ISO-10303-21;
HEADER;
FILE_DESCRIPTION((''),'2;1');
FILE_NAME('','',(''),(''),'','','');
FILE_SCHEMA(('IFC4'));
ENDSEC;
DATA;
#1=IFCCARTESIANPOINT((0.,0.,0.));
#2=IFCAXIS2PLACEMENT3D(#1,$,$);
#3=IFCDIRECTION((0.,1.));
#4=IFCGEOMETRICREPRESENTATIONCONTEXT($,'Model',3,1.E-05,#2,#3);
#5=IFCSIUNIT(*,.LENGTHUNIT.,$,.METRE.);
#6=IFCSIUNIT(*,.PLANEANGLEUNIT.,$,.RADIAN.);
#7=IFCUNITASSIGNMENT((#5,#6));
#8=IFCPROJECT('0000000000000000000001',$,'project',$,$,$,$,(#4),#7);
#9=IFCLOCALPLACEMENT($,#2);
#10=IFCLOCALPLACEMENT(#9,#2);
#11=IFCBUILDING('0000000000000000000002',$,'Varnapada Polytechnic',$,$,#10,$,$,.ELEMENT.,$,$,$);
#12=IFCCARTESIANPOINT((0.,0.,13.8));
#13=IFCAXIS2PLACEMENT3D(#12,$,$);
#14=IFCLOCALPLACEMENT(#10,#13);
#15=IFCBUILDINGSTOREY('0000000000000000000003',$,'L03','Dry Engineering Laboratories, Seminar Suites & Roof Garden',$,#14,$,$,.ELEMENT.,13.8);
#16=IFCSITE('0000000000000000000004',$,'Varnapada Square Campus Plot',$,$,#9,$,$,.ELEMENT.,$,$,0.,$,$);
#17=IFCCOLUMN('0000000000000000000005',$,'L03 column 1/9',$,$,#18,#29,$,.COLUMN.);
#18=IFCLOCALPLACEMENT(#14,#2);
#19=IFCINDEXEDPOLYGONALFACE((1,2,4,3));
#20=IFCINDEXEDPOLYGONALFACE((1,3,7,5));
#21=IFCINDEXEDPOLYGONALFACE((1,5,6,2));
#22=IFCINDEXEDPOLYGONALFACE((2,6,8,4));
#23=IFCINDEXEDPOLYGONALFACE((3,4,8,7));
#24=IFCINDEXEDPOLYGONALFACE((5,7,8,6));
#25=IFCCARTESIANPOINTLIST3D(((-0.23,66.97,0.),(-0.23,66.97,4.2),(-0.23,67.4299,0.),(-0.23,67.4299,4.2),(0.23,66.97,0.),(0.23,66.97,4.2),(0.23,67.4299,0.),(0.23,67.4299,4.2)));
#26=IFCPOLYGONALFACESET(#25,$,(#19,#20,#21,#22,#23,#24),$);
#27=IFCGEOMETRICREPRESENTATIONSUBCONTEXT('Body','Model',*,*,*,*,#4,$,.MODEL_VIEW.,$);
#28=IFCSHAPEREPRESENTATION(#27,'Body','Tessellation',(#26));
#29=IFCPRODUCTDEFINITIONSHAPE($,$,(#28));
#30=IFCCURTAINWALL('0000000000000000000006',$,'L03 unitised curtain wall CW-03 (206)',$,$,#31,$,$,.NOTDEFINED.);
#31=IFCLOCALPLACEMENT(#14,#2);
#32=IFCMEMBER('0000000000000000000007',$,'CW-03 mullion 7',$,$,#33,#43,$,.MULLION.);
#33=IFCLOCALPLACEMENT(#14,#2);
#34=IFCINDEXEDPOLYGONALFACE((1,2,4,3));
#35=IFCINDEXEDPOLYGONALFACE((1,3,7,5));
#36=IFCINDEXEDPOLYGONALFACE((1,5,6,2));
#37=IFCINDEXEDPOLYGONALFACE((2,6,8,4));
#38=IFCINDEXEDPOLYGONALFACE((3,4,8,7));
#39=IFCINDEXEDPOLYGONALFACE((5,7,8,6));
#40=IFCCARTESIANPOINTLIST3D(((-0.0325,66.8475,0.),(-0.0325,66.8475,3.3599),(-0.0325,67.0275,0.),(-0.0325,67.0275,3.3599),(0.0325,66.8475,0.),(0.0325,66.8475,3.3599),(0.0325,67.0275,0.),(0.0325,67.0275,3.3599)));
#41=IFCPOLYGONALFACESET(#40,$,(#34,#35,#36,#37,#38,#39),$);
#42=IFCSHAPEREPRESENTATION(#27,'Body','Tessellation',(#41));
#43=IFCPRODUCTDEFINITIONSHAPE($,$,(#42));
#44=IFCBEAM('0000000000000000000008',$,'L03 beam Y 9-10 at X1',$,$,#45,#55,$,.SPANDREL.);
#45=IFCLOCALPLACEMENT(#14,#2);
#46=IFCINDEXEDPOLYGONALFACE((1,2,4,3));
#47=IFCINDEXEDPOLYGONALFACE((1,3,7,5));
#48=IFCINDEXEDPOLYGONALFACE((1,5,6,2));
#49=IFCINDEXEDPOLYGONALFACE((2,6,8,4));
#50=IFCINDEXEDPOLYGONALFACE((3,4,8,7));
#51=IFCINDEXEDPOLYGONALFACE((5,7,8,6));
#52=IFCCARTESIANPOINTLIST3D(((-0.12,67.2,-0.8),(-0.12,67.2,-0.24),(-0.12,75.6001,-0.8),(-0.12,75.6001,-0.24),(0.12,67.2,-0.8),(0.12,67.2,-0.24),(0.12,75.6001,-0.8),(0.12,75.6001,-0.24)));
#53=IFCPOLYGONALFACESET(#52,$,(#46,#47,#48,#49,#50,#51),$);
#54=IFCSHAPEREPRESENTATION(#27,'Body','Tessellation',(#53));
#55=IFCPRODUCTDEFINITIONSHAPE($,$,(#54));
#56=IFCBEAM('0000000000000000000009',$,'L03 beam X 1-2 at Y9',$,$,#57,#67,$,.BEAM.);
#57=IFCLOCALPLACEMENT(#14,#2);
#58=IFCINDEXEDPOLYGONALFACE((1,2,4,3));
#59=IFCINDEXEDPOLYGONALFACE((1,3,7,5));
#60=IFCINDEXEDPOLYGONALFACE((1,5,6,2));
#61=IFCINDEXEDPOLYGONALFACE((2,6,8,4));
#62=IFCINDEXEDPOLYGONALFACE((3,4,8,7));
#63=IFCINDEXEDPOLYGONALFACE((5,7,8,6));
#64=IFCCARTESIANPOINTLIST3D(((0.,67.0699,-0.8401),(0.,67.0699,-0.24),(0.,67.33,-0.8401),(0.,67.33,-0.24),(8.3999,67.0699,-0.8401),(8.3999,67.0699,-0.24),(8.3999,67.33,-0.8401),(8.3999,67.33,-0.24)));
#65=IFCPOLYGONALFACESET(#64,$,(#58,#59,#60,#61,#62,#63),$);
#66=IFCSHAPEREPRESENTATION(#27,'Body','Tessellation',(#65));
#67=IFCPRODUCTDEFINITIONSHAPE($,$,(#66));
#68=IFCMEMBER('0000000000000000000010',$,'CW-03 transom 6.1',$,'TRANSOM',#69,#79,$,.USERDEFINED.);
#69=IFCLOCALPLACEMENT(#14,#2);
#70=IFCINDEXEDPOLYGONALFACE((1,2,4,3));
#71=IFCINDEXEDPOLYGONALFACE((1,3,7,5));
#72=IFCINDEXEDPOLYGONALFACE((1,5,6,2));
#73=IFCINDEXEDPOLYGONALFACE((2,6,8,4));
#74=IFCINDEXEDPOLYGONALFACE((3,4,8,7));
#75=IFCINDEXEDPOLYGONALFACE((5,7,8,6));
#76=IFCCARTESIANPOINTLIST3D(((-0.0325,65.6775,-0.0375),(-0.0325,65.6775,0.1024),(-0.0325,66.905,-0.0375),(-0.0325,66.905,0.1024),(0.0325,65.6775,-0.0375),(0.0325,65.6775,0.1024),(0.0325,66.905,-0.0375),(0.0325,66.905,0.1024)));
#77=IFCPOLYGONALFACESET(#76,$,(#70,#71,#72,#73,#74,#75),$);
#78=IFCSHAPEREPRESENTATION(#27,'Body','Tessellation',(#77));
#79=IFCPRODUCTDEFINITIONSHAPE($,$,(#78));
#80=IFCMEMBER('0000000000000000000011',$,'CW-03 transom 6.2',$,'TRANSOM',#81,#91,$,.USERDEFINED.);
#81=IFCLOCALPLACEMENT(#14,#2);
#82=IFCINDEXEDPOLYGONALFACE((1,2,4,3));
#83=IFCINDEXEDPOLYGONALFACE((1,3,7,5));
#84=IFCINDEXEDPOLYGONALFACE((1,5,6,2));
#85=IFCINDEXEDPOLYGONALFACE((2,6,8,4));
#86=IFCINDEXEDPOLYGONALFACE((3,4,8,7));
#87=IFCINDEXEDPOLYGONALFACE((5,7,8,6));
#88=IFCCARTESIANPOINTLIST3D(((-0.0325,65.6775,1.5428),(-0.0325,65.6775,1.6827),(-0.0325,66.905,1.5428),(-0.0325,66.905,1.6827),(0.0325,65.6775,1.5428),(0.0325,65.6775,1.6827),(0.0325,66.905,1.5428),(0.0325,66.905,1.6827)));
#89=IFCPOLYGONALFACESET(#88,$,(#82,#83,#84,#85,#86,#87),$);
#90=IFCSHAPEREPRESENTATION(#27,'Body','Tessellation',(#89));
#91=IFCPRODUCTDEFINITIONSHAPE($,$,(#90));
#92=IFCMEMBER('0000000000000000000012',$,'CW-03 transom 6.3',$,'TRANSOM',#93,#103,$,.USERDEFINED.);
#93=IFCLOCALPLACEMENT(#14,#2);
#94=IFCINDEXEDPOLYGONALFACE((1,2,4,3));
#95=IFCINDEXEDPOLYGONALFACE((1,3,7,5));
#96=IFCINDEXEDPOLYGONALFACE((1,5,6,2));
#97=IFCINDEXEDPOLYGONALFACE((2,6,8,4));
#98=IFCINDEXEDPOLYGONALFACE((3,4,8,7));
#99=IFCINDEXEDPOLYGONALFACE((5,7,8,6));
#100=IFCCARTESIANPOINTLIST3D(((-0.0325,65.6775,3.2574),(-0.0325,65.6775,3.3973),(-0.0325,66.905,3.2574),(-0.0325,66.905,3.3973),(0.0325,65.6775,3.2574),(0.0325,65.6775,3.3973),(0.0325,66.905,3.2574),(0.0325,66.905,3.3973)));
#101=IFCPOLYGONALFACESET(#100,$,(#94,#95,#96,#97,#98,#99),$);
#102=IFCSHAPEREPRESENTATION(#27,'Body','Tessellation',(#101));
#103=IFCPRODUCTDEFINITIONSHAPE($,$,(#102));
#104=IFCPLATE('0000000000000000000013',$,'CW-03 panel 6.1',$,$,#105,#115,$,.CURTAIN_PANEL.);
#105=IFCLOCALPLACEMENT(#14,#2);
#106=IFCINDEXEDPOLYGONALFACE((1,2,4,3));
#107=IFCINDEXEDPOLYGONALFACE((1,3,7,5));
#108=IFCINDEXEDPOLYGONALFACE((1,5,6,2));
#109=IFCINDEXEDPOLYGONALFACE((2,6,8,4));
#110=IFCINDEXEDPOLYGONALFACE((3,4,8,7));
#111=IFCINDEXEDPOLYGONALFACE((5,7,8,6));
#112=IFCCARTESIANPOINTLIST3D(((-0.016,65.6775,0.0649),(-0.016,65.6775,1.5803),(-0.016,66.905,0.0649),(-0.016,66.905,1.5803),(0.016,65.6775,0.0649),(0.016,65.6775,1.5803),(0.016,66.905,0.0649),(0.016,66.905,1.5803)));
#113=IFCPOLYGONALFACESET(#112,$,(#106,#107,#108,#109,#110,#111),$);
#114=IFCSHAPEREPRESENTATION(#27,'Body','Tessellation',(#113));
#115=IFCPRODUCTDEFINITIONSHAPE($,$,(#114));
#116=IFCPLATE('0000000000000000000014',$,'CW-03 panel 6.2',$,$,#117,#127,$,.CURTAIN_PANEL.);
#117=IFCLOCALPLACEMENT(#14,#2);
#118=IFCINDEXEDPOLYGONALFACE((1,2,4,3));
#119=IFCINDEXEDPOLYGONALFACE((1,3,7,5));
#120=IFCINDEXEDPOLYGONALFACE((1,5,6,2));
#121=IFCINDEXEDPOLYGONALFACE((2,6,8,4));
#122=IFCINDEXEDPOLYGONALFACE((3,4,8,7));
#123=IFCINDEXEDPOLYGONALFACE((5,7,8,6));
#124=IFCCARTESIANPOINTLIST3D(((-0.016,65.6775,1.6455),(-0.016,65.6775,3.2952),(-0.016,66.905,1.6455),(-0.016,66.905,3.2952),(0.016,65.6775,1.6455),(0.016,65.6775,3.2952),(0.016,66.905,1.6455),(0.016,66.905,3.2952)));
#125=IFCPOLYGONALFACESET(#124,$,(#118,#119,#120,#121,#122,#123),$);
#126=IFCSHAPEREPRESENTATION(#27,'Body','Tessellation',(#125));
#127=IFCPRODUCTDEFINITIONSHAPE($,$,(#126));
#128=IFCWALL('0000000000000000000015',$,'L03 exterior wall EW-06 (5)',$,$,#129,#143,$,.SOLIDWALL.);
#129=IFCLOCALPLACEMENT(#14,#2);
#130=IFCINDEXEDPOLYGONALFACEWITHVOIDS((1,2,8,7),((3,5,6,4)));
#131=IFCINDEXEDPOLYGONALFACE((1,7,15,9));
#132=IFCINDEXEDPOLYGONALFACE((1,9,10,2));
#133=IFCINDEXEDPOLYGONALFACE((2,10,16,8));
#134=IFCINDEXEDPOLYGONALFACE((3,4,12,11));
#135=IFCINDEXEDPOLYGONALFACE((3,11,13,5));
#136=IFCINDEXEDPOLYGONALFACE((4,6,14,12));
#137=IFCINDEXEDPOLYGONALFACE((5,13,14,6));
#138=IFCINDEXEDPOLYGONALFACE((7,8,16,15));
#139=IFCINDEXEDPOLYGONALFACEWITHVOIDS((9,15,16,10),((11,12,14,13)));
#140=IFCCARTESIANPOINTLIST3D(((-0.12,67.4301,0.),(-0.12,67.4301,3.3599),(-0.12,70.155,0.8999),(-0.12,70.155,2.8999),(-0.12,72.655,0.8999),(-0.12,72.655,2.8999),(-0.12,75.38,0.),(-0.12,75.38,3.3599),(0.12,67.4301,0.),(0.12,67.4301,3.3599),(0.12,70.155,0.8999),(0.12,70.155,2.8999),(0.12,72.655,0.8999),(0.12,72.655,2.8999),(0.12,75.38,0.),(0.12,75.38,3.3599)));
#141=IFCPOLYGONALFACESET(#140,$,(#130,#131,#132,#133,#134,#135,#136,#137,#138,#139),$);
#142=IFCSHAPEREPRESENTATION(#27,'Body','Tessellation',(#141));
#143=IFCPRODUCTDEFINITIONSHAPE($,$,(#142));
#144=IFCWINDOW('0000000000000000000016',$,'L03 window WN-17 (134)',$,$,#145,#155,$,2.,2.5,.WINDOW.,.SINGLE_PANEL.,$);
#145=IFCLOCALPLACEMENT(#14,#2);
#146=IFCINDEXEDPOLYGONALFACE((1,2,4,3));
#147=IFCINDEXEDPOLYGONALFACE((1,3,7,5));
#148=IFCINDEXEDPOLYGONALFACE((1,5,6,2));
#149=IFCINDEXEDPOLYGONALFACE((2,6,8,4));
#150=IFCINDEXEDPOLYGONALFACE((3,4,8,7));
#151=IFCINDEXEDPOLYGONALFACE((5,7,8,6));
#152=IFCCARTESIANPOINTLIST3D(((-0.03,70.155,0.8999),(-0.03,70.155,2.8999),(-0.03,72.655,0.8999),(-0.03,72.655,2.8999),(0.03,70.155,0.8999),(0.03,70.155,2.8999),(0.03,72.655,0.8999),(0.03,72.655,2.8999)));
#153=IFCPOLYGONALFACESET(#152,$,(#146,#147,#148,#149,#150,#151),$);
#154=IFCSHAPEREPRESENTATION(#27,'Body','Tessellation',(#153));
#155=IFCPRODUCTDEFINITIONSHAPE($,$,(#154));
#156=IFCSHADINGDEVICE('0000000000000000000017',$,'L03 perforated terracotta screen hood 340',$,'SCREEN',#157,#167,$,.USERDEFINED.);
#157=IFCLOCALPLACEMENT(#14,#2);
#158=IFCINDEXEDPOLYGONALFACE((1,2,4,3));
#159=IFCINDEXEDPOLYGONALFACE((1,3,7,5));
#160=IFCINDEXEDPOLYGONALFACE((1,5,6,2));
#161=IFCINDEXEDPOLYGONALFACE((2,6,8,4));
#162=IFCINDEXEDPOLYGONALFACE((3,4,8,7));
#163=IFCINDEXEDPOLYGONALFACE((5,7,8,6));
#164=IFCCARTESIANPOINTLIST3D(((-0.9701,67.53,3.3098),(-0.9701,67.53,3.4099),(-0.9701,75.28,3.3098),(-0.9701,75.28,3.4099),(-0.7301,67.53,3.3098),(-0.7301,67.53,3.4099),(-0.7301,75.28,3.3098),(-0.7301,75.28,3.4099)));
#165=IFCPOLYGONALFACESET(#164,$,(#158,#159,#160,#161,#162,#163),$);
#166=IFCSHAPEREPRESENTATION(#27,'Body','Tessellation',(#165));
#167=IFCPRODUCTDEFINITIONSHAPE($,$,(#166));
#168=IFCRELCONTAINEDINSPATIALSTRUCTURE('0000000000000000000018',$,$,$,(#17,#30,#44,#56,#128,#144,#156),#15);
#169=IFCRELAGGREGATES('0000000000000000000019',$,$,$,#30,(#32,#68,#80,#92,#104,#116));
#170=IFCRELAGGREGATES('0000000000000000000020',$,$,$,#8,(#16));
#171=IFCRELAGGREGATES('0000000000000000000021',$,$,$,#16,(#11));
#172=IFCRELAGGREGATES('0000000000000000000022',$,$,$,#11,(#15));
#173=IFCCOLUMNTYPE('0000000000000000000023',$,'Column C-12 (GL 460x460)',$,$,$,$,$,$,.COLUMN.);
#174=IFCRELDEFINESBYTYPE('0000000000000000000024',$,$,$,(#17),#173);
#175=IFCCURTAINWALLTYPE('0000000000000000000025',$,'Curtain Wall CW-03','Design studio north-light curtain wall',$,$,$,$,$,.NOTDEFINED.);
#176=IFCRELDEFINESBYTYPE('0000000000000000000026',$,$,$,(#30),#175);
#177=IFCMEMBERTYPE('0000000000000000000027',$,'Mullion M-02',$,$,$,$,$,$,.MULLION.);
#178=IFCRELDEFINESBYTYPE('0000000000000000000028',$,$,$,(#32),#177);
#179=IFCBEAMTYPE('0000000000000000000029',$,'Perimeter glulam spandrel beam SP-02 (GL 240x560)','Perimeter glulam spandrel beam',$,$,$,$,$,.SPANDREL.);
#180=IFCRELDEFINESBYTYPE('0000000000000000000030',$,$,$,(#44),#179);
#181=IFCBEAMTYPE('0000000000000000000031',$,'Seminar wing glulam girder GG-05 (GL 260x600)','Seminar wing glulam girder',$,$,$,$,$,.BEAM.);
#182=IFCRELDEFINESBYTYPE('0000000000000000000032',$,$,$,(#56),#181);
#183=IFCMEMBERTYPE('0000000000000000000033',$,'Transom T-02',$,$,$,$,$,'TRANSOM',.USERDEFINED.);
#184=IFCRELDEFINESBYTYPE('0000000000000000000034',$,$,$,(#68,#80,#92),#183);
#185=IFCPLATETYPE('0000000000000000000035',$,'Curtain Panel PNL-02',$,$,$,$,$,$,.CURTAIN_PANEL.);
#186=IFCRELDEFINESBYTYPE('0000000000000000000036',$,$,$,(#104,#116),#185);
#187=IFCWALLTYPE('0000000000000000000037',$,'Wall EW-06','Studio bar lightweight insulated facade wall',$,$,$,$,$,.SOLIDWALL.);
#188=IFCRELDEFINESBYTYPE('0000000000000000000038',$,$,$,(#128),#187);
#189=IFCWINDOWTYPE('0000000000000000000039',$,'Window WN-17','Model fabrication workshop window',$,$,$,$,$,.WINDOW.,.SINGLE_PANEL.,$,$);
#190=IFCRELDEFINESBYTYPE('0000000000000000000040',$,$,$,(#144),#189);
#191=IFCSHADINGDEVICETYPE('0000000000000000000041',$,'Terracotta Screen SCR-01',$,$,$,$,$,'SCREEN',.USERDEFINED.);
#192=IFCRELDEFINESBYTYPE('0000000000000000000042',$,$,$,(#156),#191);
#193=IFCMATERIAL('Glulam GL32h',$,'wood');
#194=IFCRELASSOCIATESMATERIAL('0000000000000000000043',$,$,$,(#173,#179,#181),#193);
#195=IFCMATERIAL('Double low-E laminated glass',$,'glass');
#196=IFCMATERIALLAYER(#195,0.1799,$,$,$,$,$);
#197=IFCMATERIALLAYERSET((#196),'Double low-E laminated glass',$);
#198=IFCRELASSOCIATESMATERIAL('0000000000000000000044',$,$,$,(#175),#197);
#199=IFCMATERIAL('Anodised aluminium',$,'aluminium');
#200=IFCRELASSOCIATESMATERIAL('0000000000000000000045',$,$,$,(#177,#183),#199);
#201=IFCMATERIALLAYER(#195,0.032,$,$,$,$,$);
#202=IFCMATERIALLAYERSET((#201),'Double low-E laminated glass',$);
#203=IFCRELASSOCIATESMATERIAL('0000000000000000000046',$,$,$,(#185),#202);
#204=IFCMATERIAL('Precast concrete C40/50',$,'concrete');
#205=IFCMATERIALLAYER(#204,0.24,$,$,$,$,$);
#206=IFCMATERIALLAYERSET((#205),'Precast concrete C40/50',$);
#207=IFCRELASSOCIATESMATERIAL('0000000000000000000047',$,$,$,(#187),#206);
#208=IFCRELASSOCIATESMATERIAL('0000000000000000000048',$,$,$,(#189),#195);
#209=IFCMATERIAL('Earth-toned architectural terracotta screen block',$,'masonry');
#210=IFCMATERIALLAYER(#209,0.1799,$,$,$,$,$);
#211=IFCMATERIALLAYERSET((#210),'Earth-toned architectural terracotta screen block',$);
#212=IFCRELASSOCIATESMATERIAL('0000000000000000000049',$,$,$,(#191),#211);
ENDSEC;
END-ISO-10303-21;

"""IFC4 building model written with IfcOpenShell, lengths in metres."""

from ifc_helpers import new_model, si_unit, direction, frame, frame_2d, origin, origin_2d, place, context, subcontext, project, spatial, rectangle, extrude, material, layer, layer_set, material_profile, profile_set, type_object, element, fill, aggregate, save


model = new_model("IFC4")

# Units and contexts
model_context = context("Model", 3, precision=1e-05, world=origin(), true_north=direction((0.0, 1.0)))
body_context = subcontext(model_context, "Body", "Model", "MODEL_VIEW")
ifc_project = project(units=[si_unit("LENGTHUNIT", "METRE"), si_unit("PLANEANGLEUNIT", "RADIAN")], contexts=[model_context])

# Site, building, storey
site_placement = place(None, origin())
site = spatial("IfcSite", under=ifc_project, at=site_placement, Name="Varnapada Square Campus Plot", CompositionType="ELEMENT", RefElevation=0.0)
building_placement = place(site_placement, origin())
building = spatial("IfcBuilding", under=site, at=building_placement, Name="Varnapada Polytechnic", CompositionType="ELEMENT")
storey_placement = place(building_placement, frame((0.0, 0.0, 13.8)))
storey = spatial("IfcBuildingStorey", under=building, at=storey_placement, Name="L03", Description="Dry Engineering Laboratories, Seminar Suites & Roof Garden", CompositionType="ELEMENT", Elevation=13.8)

# Column
ifc_material_1 = material(Name="Glulam GL32h", Category="wood")
ifc_material_profile_1 = material_profile(ifc_material_1, rectangle(XDim=0.46, YDim=0.46, at=origin_2d()), Name="GL 460x460")
ifc_profile_set_1 = profile_set([ifc_material_profile_1], Name="Glulam GL32h")
column_type = type_object("IfcColumnType", Name="Column C-12 (GL 460x460)", PredefinedType="COLUMN", material=ifc_profile_set_1)
column_placement = place(storey_placement, frame((0.0, 67.2, 0.0), z_axis=(0.0, 0.0, 1.0), x_axis=(1.0, 0.0, 0.0)))
element("IfcColumn", 1, at=column_placement, inside=storey, type_object=column_type, Name="L03 column 1/9", PredefinedType="COLUMN", context=body_context, shape_type="SweptSolid", body=[
    extrude(rectangle(XDim=0.46, YDim=0.46, at=origin_2d()), origin(), (0.0, 0.0, 1.0), 4.2),
])

# Curtain wall, member
ifc_material_2 = material(Name="Double low-E laminated glass", Category="glass")
ifc_layer_1 = layer(ifc_material_2, 0.1799)
ifc_layer_set_1 = layer_set([ifc_layer_1], Name="Double low-E laminated glass")
curtain_wall_type = type_object("IfcCurtainWallType", Name="Curtain Wall CW-03", Description="Design studio north-light curtain wall", PredefinedType="NOTDEFINED", material=ifc_layer_set_1)
curtain_wall_placement = place(storey_placement, origin())
curtain_wall = element("IfcCurtainWall", 2, at=curtain_wall_placement, inside=storey, type_object=curtain_wall_type, Name="L03 unitised curtain wall CW-03 (206)", PredefinedType="NOTDEFINED")
ifc_material_3 = material(Name="Anodised aluminium", Category="aluminium")
ifc_material_profile_2 = material_profile(ifc_material_3, rectangle(XDim=0.0649, YDim=0.1799, at=origin_2d()), Name="ALU M65x180")
ifc_profile_set_2 = profile_set([ifc_material_profile_2], Name="Anodised aluminium")
member_type_1 = type_object("IfcMemberType", Name="Mullion M-02", PredefinedType="MULLION", material=ifc_profile_set_2)
member_1_placement = place(storey_placement, frame((0.0, 66.9375, 0.0), z_axis=(0.0, 0.0, 1.0), x_axis=(-1.0, 0.0, 0.0)))
member_1 = element("IfcMember", 3, at=member_1_placement, type_object=member_type_1, Name="CW-03 mullion 7", PredefinedType="MULLION", context=body_context, shape_type="SweptSolid", body=[
    extrude(rectangle(XDim=0.0649, YDim=0.1799, at=origin_2d()), origin(), (0.0, 0.0, 1.0), 3.3599),
])

# Beams
ifc_material_profile_3 = material_profile(ifc_material_1, rectangle(XDim=0.24, YDim=0.5601, at=origin_2d()), Name="GL 240x560")
ifc_profile_set_3 = profile_set([ifc_material_profile_3], Name="Glulam GL32h")
beam_type_1 = type_object("IfcBeamType", Name="Perimeter glulam spandrel beam SP-02 (GL 240x560)", Description="Perimeter glulam spandrel beam", PredefinedType="SPANDREL", material=ifc_profile_set_3)
beam_1_placement = place(storey_placement, frame((0.0, 67.2, -0.52), z_axis=(0.0, 1.0, 0.0), x_axis=(-1.0, 0.0, 0.0)))
element("IfcBeam", 4, at=beam_1_placement, inside=storey, type_object=beam_type_1, Name="L03 beam Y 9-10 at X1", PredefinedType="SPANDREL", context=body_context, shape_type="SweptSolid", body=[
    extrude(rectangle(XDim=0.24, YDim=0.5601, at=origin_2d()), origin(), (0.0, 0.0, 1.0), 8.4001),
])
ifc_material_profile_4 = material_profile(ifc_material_1, rectangle(XDim=0.26, YDim=0.6001, at=origin_2d()), Name="GL 260x600")
ifc_profile_set_4 = profile_set([ifc_material_profile_4], Name="Glulam GL32h")
beam_type_2 = type_object("IfcBeamType", Name="Seminar wing glulam girder GG-05 (GL 260x600)", Description="Seminar wing glulam girder", PredefinedType="BEAM", material=ifc_profile_set_4)
beam_2_placement = place(storey_placement, frame((0.0, 67.2, -0.54), z_axis=(1.0, 0.0, 0.0), x_axis=(0.0, 1.0, 0.0)))
element("IfcBeam", 5, at=beam_2_placement, inside=storey, type_object=beam_type_2, Name="L03 beam X 1-2 at Y9", PredefinedType="BEAM", context=body_context, shape_type="SweptSolid", body=[
    extrude(rectangle(XDim=0.26, YDim=0.6001, at=origin_2d()), origin(), (0.0, 0.0, 1.0), 8.3999),
])

# Members
ifc_material_profile_5 = material_profile(ifc_material_3, rectangle(XDim=0.0649, YDim=0.1399, at=origin_2d()), Name="ALU T65x140")
ifc_profile_set_5 = profile_set([ifc_material_profile_5], Name="Anodised aluminium")
member_type_2 = type_object("IfcMemberType", Name="Transom T-02", ElementType="TRANSOM", PredefinedType="USERDEFINED", material=ifc_profile_set_5)
member_2_placement = place(storey_placement, frame((0.0, 65.6775, 0.0325), z_axis=(0.0, 1.0, 0.0), x_axis=(-1.0, 0.0, 0.0)))
member_2 = element("IfcMember", 6, at=member_2_placement, type_object=member_type_2, Name="CW-03 transom 6.1", ObjectType="TRANSOM", PredefinedType="USERDEFINED", context=body_context, shape_type="SweptSolid", body=[
    extrude(rectangle(XDim=0.0649, YDim=0.1399, at=origin_2d()), origin(), (0.0, 0.0, 1.0), 1.2275),
])
member_3_placement = place(storey_placement, frame((0.0, 65.6775, 1.6128), z_axis=(0.0, 1.0, 0.0), x_axis=(-1.0, 0.0, 0.0)))
member_3 = element("IfcMember", 7, at=member_3_placement, type_object=member_type_2, Name="CW-03 transom 6.2", ObjectType="TRANSOM", PredefinedType="USERDEFINED", context=body_context, shape_type="SweptSolid", body=[
    extrude(rectangle(XDim=0.0649, YDim=0.1399, at=origin_2d()), origin(), (0.0, 0.0, 1.0), 1.2275),
])
member_4_placement = place(storey_placement, frame((0.0, 65.6775, 3.3274), z_axis=(0.0, 1.0, 0.0), x_axis=(-1.0, 0.0, 0.0)))
member_4 = element("IfcMember", 8, at=member_4_placement, type_object=member_type_2, Name="CW-03 transom 6.3", ObjectType="TRANSOM", PredefinedType="USERDEFINED", context=body_context, shape_type="SweptSolid", body=[
    extrude(rectangle(XDim=0.0649, YDim=0.1399, at=origin_2d()), origin(), (0.0, 0.0, 1.0), 1.2275),
])

# Plates
ifc_layer_2 = layer(ifc_material_2, 0.032)
ifc_layer_set_2 = layer_set([ifc_layer_2], Name="Double low-E laminated glass")
plate_type = type_object("IfcPlateType", Name="Curtain Panel PNL-02", PredefinedType="CURTAIN_PANEL", material=ifc_layer_set_2)
plate_1_placement = place(storey_placement, frame((0.0, 66.2913, 0.0649), z_axis=(0.0, 0.0, 1.0), x_axis=(0.0, 1.0, 0.0)))
plate_1 = element("IfcPlate", 9, at=plate_1_placement, type_object=plate_type, Name="CW-03 panel 6.1", PredefinedType="CURTAIN_PANEL", context=body_context, shape_type="SweptSolid", body=[
    extrude(rectangle(XDim=1.2275, YDim=0.032, at=origin_2d()), origin(), (0.0, 0.0, 1.0), 1.5154),
])
plate_2_placement = place(storey_placement, frame((0.0, 66.2913, 1.6455), z_axis=(0.0, 0.0, 1.0), x_axis=(0.0, 1.0, 0.0)))
plate_2 = element("IfcPlate", 10, at=plate_2_placement, type_object=plate_type, Name="CW-03 panel 6.2", PredefinedType="CURTAIN_PANEL", context=body_context, shape_type="SweptSolid", body=[
    extrude(rectangle(XDim=1.2275, YDim=0.032, at=origin_2d()), origin(), (0.0, 0.0, 1.0), 1.6497),
])
aggregate(curtain_wall, [member_1, member_2, member_3, member_4, plate_1, plate_2])

# Wall, opening, window
ifc_material_4 = material(Name="Precast concrete C40/50", Category="concrete")
ifc_layer_3 = layer(ifc_material_4, 0.24)
ifc_layer_set_3 = layer_set([ifc_layer_3], Name="Precast concrete C40/50")
wall_type = type_object("IfcWallType", Name="Wall EW-06", Description="Studio bar lightweight insulated facade wall", PredefinedType="SOLIDWALL", material=ifc_layer_set_3)
wall_placement = place(storey_placement, frame((0.0, 67.4299, 0.0), z_axis=(0.0, 0.0, 1.0), x_axis=(0.0, 1.0, 0.0)))
wall = element("IfcWall", 11, at=wall_placement, inside=storey, type_object=wall_type, Name="L03 exterior wall EW-06 (5)", PredefinedType="SOLIDWALL", context=body_context, shape_type="SweptSolid", body=[
    extrude(rectangle(XDim=7.95, YDim=0.24, at=frame_2d((3.9751, 0.0))), origin(), (0.0, 0.0, 1.0), 3.3599),
])
opening_1_placement = place(wall_placement, frame((2.7251, 0.0, 0.8999)))
opening_1 = element("IfcOpeningElement", 12, at=opening_1_placement, cuts=wall, PredefinedType="OPENING", context=body_context, shape_type="SweptSolid", body=[
    extrude(rectangle(XDim=2.5, YDim=2.0, at=frame_2d((1.25, 1.0))), frame((0.0, 0.1299, 0.0), z_axis=(0.0, -1.0, 0.0), x_axis=(1.0, 0.0, 0.0)), (0.0, 0.0, 1.0), 0.26),
])
window_type = type_object("IfcWindowType", Name="Window WN-17", Description="Model fabrication workshop window", PartitioningType="SINGLE_PANEL", PredefinedType="WINDOW", material=ifc_material_2)
window_placement = place(opening_1_placement, origin())
window = element("IfcWindow", 13, at=window_placement, inside=storey, type_object=window_type, Name="L03 window WN-17 (134)", OverallHeight=2.0, OverallWidth=2.5, PartitioningType="SINGLE_PANEL", PredefinedType="WINDOW", context=body_context, shape_type="SweptSolid", body=[
    extrude(rectangle(XDim=2.5, YDim=2.0, at=frame_2d((1.25, 1.0))), frame((0.0, 0.03, 0.0), z_axis=(0.0, -1.0, 0.0), x_axis=(1.0, 0.0, 0.0)), (0.0, 0.0, 1.0), 0.0601),
])
fill(opening_1, window)

# Shared definitions
ifc_material_5 = material(Name="Earth-toned architectural terracotta screen block", Category="masonry")

# Shading device
ifc_layer_4 = layer(ifc_material_5, 0.1799)
ifc_layer_set_4 = layer_set([ifc_layer_4], Name="Earth-toned architectural terracotta screen block")
shading_device_type = type_object("IfcShadingDeviceType", Name="Terracotta Screen SCR-01", ElementType="SCREEN", PredefinedType="USERDEFINED", material=ifc_layer_set_4)
shading_device_placement = place(storey_placement, frame((-0.8501, 71.405, 3.3098), z_axis=(0.0, 0.0, 1.0), x_axis=(0.0, 1.0, 0.0)))
element("IfcShadingDevice", 14, at=shading_device_placement, inside=storey, type_object=shading_device_type, Name="L03 perforated terracotta screen hood 340", ObjectType="SCREEN", PredefinedType="USERDEFINED", context=body_context, shape_type="SweptSolid", body=[
    extrude(rectangle(XDim=7.75, YDim=0.24, at=origin_2d()), origin(), (0.0, 0.0, 1.0), 0.1001),
])

save(model, "model.ifc")
